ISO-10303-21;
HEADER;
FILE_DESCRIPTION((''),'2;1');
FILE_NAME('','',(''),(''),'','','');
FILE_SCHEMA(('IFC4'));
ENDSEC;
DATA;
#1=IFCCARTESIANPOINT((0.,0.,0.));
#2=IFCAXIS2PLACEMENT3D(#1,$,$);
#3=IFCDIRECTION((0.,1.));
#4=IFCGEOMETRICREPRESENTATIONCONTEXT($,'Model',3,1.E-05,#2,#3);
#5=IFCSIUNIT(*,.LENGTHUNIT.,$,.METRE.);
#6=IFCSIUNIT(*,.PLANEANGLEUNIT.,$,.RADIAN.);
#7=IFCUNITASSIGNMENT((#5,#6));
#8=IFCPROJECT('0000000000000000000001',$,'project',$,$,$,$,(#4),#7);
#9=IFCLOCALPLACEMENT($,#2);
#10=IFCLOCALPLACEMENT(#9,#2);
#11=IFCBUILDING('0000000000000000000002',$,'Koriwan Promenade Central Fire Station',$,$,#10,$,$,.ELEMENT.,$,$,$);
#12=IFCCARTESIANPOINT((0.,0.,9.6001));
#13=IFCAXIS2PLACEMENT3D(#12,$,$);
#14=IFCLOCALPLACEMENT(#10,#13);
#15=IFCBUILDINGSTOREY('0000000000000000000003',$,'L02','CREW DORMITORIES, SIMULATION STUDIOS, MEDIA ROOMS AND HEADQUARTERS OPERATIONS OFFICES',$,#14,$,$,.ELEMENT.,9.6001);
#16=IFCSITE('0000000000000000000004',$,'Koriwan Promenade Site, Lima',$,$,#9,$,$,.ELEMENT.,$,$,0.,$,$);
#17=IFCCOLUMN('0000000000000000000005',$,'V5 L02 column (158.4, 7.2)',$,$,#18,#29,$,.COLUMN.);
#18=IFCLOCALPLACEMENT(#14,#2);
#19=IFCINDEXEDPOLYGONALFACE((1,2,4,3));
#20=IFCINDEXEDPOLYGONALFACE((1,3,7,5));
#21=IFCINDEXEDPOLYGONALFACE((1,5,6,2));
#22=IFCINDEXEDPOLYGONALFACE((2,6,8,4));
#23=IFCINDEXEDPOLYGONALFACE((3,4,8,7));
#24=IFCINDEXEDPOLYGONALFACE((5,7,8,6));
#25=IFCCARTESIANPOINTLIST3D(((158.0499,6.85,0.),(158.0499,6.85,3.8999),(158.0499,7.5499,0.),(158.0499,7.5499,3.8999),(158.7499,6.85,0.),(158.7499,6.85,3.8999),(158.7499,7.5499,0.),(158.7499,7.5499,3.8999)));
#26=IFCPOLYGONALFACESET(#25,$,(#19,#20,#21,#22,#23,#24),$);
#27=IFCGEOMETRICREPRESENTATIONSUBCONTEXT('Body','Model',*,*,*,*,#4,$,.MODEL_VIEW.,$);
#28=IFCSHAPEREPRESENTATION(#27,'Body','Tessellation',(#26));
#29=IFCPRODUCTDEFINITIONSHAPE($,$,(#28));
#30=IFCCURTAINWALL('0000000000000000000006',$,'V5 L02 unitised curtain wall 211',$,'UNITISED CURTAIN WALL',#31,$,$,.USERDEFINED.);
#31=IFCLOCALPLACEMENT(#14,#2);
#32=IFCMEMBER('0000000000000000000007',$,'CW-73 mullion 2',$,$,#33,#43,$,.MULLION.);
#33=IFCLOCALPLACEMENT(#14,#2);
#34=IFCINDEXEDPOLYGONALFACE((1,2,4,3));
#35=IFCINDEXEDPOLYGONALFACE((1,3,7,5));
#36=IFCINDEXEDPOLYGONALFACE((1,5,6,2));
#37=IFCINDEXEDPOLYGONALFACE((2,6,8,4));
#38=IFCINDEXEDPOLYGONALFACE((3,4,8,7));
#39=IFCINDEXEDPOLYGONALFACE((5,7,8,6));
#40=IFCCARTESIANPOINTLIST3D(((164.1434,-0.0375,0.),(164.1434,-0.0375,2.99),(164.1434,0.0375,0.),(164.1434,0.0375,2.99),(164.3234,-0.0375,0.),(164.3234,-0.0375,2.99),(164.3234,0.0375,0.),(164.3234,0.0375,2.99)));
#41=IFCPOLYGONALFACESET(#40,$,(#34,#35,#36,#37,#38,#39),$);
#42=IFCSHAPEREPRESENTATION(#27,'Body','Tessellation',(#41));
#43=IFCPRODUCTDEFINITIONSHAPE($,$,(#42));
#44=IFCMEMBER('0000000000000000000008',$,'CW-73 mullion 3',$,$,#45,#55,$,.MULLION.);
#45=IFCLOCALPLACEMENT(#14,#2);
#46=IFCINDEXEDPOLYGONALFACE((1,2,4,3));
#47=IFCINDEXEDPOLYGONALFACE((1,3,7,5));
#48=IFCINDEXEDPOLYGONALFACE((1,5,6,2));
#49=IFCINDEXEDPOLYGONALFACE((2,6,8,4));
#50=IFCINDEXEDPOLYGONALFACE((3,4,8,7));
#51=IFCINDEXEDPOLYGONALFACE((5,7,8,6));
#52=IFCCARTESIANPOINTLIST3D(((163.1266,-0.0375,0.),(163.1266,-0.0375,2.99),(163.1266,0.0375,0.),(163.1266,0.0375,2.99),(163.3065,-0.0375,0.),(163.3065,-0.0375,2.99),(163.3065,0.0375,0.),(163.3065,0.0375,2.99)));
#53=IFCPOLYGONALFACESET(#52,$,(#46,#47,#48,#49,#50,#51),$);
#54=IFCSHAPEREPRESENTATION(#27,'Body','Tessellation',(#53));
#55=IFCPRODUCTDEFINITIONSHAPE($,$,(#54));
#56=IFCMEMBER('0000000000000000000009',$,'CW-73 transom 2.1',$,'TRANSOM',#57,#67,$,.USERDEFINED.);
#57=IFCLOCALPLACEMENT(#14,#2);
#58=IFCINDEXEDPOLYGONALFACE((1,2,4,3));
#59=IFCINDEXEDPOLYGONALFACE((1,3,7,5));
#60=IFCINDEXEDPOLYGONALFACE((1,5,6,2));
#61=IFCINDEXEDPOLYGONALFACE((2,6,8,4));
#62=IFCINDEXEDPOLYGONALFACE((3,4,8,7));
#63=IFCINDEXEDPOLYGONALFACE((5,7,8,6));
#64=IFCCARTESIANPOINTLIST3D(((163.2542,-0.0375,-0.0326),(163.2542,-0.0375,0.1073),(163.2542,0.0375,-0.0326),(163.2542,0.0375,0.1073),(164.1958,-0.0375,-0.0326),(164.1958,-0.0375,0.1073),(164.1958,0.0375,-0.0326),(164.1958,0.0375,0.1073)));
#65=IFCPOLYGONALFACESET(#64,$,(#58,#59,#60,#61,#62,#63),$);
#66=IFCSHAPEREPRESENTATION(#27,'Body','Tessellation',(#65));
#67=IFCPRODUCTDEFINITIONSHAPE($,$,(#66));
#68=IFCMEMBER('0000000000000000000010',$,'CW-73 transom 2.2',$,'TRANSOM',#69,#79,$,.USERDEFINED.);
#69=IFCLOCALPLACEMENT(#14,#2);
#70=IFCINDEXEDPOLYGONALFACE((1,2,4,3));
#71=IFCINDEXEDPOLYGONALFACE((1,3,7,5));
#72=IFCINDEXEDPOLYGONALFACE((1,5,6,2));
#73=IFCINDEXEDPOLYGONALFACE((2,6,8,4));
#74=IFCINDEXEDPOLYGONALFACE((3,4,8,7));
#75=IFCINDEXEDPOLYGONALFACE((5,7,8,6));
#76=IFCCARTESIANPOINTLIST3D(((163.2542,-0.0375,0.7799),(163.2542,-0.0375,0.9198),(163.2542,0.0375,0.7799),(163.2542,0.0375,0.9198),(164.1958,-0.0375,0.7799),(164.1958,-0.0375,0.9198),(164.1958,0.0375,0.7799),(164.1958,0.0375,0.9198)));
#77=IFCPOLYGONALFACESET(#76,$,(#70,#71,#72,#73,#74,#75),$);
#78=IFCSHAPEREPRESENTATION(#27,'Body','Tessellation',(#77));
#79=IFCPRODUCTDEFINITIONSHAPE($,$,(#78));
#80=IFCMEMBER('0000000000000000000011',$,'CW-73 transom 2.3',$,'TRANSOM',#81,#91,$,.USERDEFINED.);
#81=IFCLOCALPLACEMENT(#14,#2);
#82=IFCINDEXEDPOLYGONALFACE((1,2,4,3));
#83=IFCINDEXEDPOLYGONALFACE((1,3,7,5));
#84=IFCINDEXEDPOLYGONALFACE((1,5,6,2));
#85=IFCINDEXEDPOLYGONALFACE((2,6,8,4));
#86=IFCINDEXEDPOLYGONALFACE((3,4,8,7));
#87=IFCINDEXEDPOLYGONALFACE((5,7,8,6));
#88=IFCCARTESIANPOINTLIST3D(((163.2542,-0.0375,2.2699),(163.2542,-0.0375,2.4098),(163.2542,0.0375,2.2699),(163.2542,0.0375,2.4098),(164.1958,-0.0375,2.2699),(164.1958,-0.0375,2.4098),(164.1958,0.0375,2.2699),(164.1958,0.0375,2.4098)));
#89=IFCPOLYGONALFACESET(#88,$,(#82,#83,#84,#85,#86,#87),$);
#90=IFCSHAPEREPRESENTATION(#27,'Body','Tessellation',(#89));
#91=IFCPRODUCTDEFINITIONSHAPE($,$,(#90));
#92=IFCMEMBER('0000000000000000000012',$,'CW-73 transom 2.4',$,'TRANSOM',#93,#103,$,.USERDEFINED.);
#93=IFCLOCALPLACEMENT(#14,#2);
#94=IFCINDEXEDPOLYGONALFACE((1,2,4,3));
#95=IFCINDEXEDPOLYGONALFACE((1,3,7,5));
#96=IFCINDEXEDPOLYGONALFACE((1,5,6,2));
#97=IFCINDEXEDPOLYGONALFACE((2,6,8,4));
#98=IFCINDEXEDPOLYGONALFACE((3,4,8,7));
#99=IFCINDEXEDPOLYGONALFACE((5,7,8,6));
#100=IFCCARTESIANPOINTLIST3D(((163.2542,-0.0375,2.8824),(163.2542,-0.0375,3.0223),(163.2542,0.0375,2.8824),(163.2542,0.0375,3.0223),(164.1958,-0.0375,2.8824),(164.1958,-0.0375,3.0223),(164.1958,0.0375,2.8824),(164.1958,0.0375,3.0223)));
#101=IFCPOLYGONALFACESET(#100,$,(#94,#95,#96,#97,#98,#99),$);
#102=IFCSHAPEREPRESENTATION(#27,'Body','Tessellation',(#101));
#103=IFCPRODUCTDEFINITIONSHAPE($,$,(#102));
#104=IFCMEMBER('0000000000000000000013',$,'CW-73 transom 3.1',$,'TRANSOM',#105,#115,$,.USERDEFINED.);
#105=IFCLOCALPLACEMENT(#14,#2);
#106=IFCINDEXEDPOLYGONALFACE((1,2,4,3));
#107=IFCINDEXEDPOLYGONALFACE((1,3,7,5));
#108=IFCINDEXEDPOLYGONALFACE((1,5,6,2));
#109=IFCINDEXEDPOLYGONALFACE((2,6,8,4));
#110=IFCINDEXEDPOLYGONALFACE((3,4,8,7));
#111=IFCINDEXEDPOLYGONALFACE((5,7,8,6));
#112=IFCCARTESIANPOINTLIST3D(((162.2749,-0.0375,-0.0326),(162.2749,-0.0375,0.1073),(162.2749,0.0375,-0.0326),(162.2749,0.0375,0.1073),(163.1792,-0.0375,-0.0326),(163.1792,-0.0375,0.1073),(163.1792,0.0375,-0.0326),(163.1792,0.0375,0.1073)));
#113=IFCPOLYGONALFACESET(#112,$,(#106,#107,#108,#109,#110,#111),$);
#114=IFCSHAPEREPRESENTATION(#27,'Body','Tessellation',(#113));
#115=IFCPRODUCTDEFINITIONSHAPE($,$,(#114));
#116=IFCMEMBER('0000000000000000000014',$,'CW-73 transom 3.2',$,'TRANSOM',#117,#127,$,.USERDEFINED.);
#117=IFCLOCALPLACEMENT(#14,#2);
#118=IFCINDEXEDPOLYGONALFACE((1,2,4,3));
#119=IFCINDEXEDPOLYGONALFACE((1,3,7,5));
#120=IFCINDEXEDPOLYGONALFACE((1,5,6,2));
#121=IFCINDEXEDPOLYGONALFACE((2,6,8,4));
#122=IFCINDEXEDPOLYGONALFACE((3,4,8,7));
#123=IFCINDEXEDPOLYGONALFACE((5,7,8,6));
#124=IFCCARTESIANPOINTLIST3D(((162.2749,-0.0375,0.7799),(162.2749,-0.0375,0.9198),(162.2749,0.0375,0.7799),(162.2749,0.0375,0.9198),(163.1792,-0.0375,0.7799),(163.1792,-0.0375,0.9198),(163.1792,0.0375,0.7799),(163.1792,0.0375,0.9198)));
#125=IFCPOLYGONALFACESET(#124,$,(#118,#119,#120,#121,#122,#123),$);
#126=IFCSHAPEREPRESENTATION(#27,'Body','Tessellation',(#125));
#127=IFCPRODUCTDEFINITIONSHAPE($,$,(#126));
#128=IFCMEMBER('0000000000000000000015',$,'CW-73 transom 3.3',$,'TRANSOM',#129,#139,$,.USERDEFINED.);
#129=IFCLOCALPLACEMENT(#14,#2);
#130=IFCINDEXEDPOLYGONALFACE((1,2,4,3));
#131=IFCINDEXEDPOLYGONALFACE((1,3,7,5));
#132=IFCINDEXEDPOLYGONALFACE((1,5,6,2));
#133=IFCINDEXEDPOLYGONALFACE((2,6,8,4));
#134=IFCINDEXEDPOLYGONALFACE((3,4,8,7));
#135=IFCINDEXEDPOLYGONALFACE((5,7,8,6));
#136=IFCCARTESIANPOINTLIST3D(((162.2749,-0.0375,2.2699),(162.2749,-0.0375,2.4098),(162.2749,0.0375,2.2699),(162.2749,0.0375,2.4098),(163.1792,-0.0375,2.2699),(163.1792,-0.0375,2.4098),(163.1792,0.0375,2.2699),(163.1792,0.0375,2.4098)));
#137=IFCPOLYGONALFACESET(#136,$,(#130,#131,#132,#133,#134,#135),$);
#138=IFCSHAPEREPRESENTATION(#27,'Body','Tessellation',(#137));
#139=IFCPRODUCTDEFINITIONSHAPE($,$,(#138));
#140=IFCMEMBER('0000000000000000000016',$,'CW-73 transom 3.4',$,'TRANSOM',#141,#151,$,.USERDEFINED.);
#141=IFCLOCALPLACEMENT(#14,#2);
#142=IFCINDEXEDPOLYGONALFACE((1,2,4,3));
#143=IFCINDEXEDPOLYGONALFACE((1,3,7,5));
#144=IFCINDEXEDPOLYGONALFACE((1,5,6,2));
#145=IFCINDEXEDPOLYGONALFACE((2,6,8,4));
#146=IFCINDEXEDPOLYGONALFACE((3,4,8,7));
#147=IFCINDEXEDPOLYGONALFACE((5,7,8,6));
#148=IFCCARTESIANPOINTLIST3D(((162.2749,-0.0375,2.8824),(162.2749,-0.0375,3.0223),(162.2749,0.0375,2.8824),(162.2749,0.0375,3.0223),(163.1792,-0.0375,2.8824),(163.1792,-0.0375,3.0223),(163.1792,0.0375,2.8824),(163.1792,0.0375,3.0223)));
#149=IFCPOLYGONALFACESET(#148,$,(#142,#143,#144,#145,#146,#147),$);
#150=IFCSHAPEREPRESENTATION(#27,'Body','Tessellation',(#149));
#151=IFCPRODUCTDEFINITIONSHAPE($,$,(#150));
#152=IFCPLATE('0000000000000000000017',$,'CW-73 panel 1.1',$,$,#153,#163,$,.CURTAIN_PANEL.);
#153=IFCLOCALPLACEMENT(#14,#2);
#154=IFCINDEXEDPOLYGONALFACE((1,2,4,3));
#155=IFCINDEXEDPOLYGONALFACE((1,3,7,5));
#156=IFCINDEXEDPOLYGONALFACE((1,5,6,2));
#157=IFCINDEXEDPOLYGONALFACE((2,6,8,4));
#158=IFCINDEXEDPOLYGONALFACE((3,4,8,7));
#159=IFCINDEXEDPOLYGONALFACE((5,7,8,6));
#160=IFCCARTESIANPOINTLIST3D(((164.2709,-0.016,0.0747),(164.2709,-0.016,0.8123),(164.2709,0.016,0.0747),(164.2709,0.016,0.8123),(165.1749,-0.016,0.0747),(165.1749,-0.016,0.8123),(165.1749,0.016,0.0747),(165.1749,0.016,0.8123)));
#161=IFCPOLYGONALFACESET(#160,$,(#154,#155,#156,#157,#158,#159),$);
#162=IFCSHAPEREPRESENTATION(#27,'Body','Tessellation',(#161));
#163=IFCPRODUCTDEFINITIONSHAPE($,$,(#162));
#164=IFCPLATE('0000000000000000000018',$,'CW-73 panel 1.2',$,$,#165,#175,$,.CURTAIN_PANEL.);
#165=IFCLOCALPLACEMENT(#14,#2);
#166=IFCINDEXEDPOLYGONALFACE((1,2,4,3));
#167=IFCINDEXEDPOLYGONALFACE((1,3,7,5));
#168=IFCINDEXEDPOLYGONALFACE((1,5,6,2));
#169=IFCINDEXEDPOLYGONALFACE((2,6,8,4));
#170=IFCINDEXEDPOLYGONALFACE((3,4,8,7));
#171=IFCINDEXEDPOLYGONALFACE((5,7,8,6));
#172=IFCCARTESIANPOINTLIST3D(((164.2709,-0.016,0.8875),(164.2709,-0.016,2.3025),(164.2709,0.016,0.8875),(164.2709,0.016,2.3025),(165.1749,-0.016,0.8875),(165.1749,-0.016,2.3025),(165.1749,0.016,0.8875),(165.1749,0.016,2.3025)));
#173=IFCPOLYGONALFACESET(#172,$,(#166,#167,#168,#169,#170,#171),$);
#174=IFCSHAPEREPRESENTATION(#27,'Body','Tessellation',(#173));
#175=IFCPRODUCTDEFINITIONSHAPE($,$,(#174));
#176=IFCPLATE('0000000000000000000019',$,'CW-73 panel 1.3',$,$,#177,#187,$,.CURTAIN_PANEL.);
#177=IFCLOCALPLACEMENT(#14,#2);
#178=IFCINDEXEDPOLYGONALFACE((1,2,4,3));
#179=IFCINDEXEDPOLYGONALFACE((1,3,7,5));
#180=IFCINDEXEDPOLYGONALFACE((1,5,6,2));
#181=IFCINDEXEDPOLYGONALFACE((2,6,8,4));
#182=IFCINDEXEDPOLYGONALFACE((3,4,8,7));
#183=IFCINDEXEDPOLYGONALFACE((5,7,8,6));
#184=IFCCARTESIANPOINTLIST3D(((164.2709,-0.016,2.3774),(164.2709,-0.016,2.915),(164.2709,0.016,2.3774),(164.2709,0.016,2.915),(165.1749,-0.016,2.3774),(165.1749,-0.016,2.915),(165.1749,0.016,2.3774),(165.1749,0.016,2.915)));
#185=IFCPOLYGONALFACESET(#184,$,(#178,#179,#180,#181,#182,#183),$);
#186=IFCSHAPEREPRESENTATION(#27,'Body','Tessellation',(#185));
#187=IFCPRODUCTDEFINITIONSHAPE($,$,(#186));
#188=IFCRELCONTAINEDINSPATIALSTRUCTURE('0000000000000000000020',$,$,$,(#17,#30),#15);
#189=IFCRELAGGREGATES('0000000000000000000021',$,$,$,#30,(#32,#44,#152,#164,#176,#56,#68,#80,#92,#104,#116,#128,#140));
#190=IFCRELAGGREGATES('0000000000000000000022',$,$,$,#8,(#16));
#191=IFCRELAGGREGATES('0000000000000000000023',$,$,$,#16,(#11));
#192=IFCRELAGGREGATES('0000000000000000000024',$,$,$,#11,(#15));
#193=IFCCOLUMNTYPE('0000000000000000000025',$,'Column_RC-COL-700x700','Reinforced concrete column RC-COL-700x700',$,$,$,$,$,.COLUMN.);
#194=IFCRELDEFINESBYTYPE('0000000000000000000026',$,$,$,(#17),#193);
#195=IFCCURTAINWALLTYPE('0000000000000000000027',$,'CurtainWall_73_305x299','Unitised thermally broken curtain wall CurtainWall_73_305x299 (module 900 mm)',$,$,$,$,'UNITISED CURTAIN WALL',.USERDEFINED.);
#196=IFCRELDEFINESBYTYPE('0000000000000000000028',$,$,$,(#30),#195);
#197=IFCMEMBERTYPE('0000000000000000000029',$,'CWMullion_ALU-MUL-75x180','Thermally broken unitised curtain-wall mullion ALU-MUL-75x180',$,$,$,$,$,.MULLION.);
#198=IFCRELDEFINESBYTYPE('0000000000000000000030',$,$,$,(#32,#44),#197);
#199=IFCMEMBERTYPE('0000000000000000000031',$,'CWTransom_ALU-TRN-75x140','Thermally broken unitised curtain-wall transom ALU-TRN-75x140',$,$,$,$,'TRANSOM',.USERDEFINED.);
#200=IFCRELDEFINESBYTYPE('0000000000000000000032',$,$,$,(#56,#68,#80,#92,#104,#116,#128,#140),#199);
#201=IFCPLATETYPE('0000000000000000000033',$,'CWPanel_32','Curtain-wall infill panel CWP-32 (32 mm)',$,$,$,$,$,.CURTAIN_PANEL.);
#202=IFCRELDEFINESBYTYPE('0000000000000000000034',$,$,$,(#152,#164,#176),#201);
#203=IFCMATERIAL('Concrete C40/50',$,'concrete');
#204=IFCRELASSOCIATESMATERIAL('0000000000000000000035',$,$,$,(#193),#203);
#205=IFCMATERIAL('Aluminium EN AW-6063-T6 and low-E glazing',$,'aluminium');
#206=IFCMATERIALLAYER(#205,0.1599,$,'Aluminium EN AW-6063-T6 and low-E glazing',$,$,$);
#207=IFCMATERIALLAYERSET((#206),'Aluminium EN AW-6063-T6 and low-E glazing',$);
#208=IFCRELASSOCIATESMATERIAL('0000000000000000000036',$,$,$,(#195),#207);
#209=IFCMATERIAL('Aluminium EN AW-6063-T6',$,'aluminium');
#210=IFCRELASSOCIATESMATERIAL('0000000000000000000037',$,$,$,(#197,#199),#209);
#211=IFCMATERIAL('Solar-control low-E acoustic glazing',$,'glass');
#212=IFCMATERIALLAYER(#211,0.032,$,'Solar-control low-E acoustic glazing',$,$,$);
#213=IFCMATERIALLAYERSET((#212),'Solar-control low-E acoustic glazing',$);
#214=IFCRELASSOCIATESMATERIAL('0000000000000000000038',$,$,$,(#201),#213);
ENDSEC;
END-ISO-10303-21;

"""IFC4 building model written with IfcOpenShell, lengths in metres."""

from ifc_helpers import new_model, si_unit, direction, frame, origin, origin_2d, place, context, subcontext, project, spatial, rectangle, extrude, material, layer, layer_set, material_profile, profile_set, type_object, element, aggregate, save


model = new_model("IFC4")

# Units and contexts
model_context = context("Model", 3, precision=1e-05, world=origin(), true_north=direction((0.0, 1.0)))
body_context = subcontext(model_context, "Body", "Model", "MODEL_VIEW")
ifc_project = project(units=[si_unit("LENGTHUNIT", "METRE"), si_unit("PLANEANGLEUNIT", "RADIAN")], contexts=[model_context])

# Site, building, storey
site_placement = place(None, origin())
site = spatial("IfcSite", under=ifc_project, at=site_placement, Name="Koriwan Promenade Site, Lima", CompositionType="ELEMENT", RefElevation=0.0)
building_placement = place(site_placement, origin())
building = spatial("IfcBuilding", under=site, at=building_placement, Name="Koriwan Promenade Central Fire Station", CompositionType="ELEMENT")
storey_placement = place(building_placement, frame((0.0, 0.0, 9.6001)))
storey = spatial("IfcBuildingStorey", under=building, at=storey_placement, Name="L02", Description="CREW DORMITORIES, SIMULATION STUDIOS, MEDIA ROOMS AND HEADQUARTERS OPERATIONS OFFICES", CompositionType="ELEMENT", Elevation=9.6001)

# Column
ifc_material_1 = material(Name="Concrete C40/50", Category="concrete")
ifc_material_profile_1 = material_profile(ifc_material_1, rectangle(XDim=0.7, YDim=0.7, at=origin_2d()), Name="RC-COL-700x700")
ifc_profile_set_1 = profile_set([ifc_material_profile_1], Name="Concrete C40/50")
column_type = type_object("IfcColumnType", Name="Column_RC-COL-700x700", Description="Reinforced concrete column RC-COL-700x700", PredefinedType="COLUMN", material=ifc_profile_set_1)
column_placement = place(storey_placement, frame((158.3999, 7.2, 0.0), z_axis=(0.0, 0.0, 1.0), x_axis=(1.0, 0.0, 0.0)))
element("IfcColumn", 1, at=column_placement, inside=storey, type_object=column_type, Name="V5 L02 column (158.4, 7.2)", PredefinedType="COLUMN", context=body_context, shape_type="SweptSolid", body=[
    extrude(rectangle(XDim=0.7, YDim=0.7, at=origin_2d()), origin(), (0.0, 0.0, 1.0), 3.8999),
])

# Curtain wall, members, plates
ifc_material_2 = material(Name="Aluminium EN AW-6063-T6 and low-E glazing", Category="aluminium")
ifc_layer_1 = layer(ifc_material_2, 0.1599, Name="Aluminium EN AW-6063-T6 and low-E glazing")
ifc_layer_set_1 = layer_set([ifc_layer_1], Name="Aluminium EN AW-6063-T6 and low-E glazing")
curtain_wall_type = type_object("IfcCurtainWallType", Name="CurtainWall_73_305x299", Description="Unitised thermally broken curtain wall CurtainWall_73_305x299 (module 900 mm)", ElementType="UNITISED CURTAIN WALL", PredefinedType="USERDEFINED", material=ifc_layer_set_1)
curtain_wall_placement = place(storey_placement, origin())
curtain_wall = element("IfcCurtainWall", 2, at=curtain_wall_placement, inside=storey, type_object=curtain_wall_type, Name="V5 L02 unitised curtain wall 211", ObjectType="UNITISED CURTAIN WALL", PredefinedType="USERDEFINED")
ifc_material_3 = material(Name="Aluminium EN AW-6063-T6", Category="aluminium")
ifc_material_profile_2 = material_profile(ifc_material_3, rectangle(XDim=0.075, YDim=0.1799, at=origin_2d()), Name="ALU-MUL-75x180")
ifc_profile_set_2 = profile_set([ifc_material_profile_2], Name="Aluminium EN AW-6063-T6")
member_type_1 = type_object("IfcMemberType", Name="CWMullion_ALU-MUL-75x180", Description="Thermally broken unitised curtain-wall mullion ALU-MUL-75x180", PredefinedType="MULLION", material=ifc_profile_set_2)
member_1_placement = place(storey_placement, frame((164.2334, 0.0, 0.0), z_axis=(0.0, 0.0, 1.0), x_axis=(0.0, -1.0, 0.0)))
member_1 = element("IfcMember", 3, at=member_1_placement, type_object=member_type_1, Name="CW-73 mullion 2", PredefinedType="MULLION", context=body_context, shape_type="SweptSolid", body=[
    extrude(rectangle(XDim=0.075, YDim=0.1799, at=origin_2d()), origin(), (0.0, 0.0, 1.0), 2.99),
])
member_2_placement = place(storey_placement, frame((163.2166, 0.0, 0.0), z_axis=(0.0, 0.0, 1.0), x_axis=(0.0, -1.0, 0.0)))
member_2 = element("IfcMember", 4, at=member_2_placement, type_object=member_type_1, Name="CW-73 mullion 3", PredefinedType="MULLION", context=body_context, shape_type="SweptSolid", body=[
    extrude(rectangle(XDim=0.075, YDim=0.1799, at=origin_2d()), origin(), (0.0, 0.0, 1.0), 2.99),
])
ifc_material_profile_3 = material_profile(ifc_material_3, rectangle(XDim=0.075, YDim=0.1399, at=origin_2d()), Name="ALU-TRN-75x140")
ifc_profile_set_3 = profile_set([ifc_material_profile_3], Name="Aluminium EN AW-6063-T6")
member_type_2 = type_object("IfcMemberType", Name="CWTransom_ALU-TRN-75x140", Description="Thermally broken unitised curtain-wall transom ALU-TRN-75x140", ElementType="TRANSOM", PredefinedType="USERDEFINED", material=ifc_profile_set_3)
member_3_placement = place(storey_placement, frame((164.1958, 0.0, 0.0374), z_axis=(-1.0, 0.0, 0.0), x_axis=(0.0, -1.0, 0.0)))
member_3 = element("IfcMember", 5, at=member_3_placement, type_object=member_type_2, Name="CW-73 transom 2.1", ObjectType="TRANSOM", PredefinedType="USERDEFINED", context=body_context, shape_type="SweptSolid", body=[
    extrude(rectangle(XDim=0.075, YDim=0.1399, at=origin_2d()), origin(), (0.0, 0.0, 1.0), 0.9417),
])
member_4_placement = place(storey_placement, frame((164.1958, 0.0, 0.8499), z_axis=(-1.0, 0.0, 0.0), x_axis=(0.0, -1.0, 0.0)))
member_4 = element("IfcMember", 6, at=member_4_placement, type_object=member_type_2, Name="CW-73 transom 2.2", ObjectType="TRANSOM", PredefinedType="USERDEFINED", context=body_context, shape_type="SweptSolid", body=[
    extrude(rectangle(XDim=0.075, YDim=0.1399, at=origin_2d()), origin(), (0.0, 0.0, 1.0), 0.9417),
])
member_5_placement = place(storey_placement, frame((164.1958, 0.0, 2.3398), z_axis=(-1.0, 0.0, 0.0), x_axis=(0.0, -1.0, 0.0)))
member_5 = element("IfcMember", 7, at=member_5_placement, type_object=member_type_2, Name="CW-73 transom 2.3", ObjectType="TRANSOM", PredefinedType="USERDEFINED", context=body_context, shape_type="SweptSolid", body=[
    extrude(rectangle(XDim=0.075, YDim=0.1399, at=origin_2d()), origin(), (0.0, 0.0, 1.0), 0.9417),
])
member_6_placement = place(storey_placement, frame((164.1958, 0.0, 2.9524), z_axis=(-1.0, 0.0, 0.0), x_axis=(0.0, -1.0, 0.0)))
member_6 = element("IfcMember", 8, at=member_6_placement, type_object=member_type_2, Name="CW-73 transom 2.4", ObjectType="TRANSOM", PredefinedType="USERDEFINED", context=body_context, shape_type="SweptSolid", body=[
    extrude(rectangle(XDim=0.075, YDim=0.1399, at=origin_2d()), origin(), (0.0, 0.0, 1.0), 0.9417),
])
member_7_placement = place(storey_placement, frame((163.1792, 0.0, 0.0374), z_axis=(-1.0, 0.0, 0.0), x_axis=(0.0, -1.0, 0.0)))
member_7 = element("IfcMember", 9, at=member_7_placement, type_object=member_type_2, Name="CW-73 transom 3.1", ObjectType="TRANSOM", PredefinedType="USERDEFINED", context=body_context, shape_type="SweptSolid", body=[
    extrude(rectangle(XDim=0.075, YDim=0.1399, at=origin_2d()), origin(), (0.0, 0.0, 1.0), 0.9043),
])
member_8_placement = place(storey_placement, frame((163.1792, 0.0, 0.8499), z_axis=(-1.0, 0.0, 0.0), x_axis=(0.0, -1.0, 0.0)))
member_8 = element("IfcMember", 10, at=member_8_placement, type_object=member_type_2, Name="CW-73 transom 3.2", ObjectType="TRANSOM", PredefinedType="USERDEFINED", context=body_context, shape_type="SweptSolid", body=[
    extrude(rectangle(XDim=0.075, YDim=0.1399, at=origin_2d()), origin(), (0.0, 0.0, 1.0), 0.9043),
])
member_9_placement = place(storey_placement, frame((163.1792, 0.0, 2.3398), z_axis=(-1.0, 0.0, 0.0), x_axis=(0.0, -1.0, 0.0)))
member_9 = element("IfcMember", 11, at=member_9_placement, type_object=member_type_2, Name="CW-73 transom 3.3", ObjectType="TRANSOM", PredefinedType="USERDEFINED", context=body_context, shape_type="SweptSolid", body=[
    extrude(rectangle(XDim=0.075, YDim=0.1399, at=origin_2d()), origin(), (0.0, 0.0, 1.0), 0.9043),
])
member_10_placement = place(storey_placement, frame((163.1792, 0.0, 2.9524), z_axis=(-1.0, 0.0, 0.0), x_axis=(0.0, -1.0, 0.0)))
member_10 = element("IfcMember", 12, at=member_10_placement, type_object=member_type_2, Name="CW-73 transom 3.4", ObjectType="TRANSOM", PredefinedType="USERDEFINED", context=body_context, shape_type="SweptSolid", body=[
    extrude(rectangle(XDim=0.075, YDim=0.1399, at=origin_2d()), origin(), (0.0, 0.0, 1.0), 0.9043),
])
ifc_material_4 = material(Name="Solar-control low-E acoustic glazing", Category="glass")
ifc_layer_2 = layer(ifc_material_4, 0.032, Name="Solar-control low-E acoustic glazing")
ifc_layer_set_2 = layer_set([ifc_layer_2], Name="Solar-control low-E acoustic glazing")
plate_type = type_object("IfcPlateType", Name="CWPanel_32", Description="Curtain-wall infill panel CWP-32 (32 mm)", PredefinedType="CURTAIN_PANEL", material=ifc_layer_set_2)
plate_1_placement = place(storey_placement, frame((164.7229, 0.0, 0.0747), z_axis=(0.0, 0.0, 1.0), x_axis=(-1.0, 0.0, 0.0)))
plate_1 = element("IfcPlate", 13, at=plate_1_placement, type_object=plate_type, Name="CW-73 panel 1.1", PredefinedType="CURTAIN_PANEL", context=body_context, shape_type="SweptSolid", body=[
    extrude(rectangle(XDim=0.9041, YDim=0.032, at=origin_2d()), origin(), (0.0, 0.0, 1.0), 0.7375),
])
plate_2_placement = place(storey_placement, frame((164.7229, 0.0, 0.8875), z_axis=(0.0, 0.0, 1.0), x_axis=(-1.0, 0.0, 0.0)))
plate_2 = element("IfcPlate", 14, at=plate_2_placement, type_object=plate_type, Name="CW-73 panel 1.2", PredefinedType="CURTAIN_PANEL", context=body_context, shape_type="SweptSolid", body=[
    extrude(rectangle(XDim=0.9041, YDim=0.032, at=origin_2d()), origin(), (0.0, 0.0, 1.0), 1.415),
])
plate_3_placement = place(storey_placement, frame((164.7229, 0.0, 2.3774), z_axis=(0.0, 0.0, 1.0), x_axis=(-1.0, 0.0, 0.0)))
plate_3 = element("IfcPlate", 15, at=plate_3_placement, type_object=plate_type, Name="CW-73 panel 1.3", PredefinedType="CURTAIN_PANEL", context=body_context, shape_type="SweptSolid", body=[
    extrude(rectangle(XDim=0.9041, YDim=0.032, at=origin_2d()), origin(), (0.0, 0.0, 1.0), 0.5376),
])
aggregate(curtain_wall, [member_1, member_2, plate_1, plate_2, plate_3, member_3, member_4, member_5, member_6, member_7, member_8, member_9, member_10])

save(model, "model.ifc")
